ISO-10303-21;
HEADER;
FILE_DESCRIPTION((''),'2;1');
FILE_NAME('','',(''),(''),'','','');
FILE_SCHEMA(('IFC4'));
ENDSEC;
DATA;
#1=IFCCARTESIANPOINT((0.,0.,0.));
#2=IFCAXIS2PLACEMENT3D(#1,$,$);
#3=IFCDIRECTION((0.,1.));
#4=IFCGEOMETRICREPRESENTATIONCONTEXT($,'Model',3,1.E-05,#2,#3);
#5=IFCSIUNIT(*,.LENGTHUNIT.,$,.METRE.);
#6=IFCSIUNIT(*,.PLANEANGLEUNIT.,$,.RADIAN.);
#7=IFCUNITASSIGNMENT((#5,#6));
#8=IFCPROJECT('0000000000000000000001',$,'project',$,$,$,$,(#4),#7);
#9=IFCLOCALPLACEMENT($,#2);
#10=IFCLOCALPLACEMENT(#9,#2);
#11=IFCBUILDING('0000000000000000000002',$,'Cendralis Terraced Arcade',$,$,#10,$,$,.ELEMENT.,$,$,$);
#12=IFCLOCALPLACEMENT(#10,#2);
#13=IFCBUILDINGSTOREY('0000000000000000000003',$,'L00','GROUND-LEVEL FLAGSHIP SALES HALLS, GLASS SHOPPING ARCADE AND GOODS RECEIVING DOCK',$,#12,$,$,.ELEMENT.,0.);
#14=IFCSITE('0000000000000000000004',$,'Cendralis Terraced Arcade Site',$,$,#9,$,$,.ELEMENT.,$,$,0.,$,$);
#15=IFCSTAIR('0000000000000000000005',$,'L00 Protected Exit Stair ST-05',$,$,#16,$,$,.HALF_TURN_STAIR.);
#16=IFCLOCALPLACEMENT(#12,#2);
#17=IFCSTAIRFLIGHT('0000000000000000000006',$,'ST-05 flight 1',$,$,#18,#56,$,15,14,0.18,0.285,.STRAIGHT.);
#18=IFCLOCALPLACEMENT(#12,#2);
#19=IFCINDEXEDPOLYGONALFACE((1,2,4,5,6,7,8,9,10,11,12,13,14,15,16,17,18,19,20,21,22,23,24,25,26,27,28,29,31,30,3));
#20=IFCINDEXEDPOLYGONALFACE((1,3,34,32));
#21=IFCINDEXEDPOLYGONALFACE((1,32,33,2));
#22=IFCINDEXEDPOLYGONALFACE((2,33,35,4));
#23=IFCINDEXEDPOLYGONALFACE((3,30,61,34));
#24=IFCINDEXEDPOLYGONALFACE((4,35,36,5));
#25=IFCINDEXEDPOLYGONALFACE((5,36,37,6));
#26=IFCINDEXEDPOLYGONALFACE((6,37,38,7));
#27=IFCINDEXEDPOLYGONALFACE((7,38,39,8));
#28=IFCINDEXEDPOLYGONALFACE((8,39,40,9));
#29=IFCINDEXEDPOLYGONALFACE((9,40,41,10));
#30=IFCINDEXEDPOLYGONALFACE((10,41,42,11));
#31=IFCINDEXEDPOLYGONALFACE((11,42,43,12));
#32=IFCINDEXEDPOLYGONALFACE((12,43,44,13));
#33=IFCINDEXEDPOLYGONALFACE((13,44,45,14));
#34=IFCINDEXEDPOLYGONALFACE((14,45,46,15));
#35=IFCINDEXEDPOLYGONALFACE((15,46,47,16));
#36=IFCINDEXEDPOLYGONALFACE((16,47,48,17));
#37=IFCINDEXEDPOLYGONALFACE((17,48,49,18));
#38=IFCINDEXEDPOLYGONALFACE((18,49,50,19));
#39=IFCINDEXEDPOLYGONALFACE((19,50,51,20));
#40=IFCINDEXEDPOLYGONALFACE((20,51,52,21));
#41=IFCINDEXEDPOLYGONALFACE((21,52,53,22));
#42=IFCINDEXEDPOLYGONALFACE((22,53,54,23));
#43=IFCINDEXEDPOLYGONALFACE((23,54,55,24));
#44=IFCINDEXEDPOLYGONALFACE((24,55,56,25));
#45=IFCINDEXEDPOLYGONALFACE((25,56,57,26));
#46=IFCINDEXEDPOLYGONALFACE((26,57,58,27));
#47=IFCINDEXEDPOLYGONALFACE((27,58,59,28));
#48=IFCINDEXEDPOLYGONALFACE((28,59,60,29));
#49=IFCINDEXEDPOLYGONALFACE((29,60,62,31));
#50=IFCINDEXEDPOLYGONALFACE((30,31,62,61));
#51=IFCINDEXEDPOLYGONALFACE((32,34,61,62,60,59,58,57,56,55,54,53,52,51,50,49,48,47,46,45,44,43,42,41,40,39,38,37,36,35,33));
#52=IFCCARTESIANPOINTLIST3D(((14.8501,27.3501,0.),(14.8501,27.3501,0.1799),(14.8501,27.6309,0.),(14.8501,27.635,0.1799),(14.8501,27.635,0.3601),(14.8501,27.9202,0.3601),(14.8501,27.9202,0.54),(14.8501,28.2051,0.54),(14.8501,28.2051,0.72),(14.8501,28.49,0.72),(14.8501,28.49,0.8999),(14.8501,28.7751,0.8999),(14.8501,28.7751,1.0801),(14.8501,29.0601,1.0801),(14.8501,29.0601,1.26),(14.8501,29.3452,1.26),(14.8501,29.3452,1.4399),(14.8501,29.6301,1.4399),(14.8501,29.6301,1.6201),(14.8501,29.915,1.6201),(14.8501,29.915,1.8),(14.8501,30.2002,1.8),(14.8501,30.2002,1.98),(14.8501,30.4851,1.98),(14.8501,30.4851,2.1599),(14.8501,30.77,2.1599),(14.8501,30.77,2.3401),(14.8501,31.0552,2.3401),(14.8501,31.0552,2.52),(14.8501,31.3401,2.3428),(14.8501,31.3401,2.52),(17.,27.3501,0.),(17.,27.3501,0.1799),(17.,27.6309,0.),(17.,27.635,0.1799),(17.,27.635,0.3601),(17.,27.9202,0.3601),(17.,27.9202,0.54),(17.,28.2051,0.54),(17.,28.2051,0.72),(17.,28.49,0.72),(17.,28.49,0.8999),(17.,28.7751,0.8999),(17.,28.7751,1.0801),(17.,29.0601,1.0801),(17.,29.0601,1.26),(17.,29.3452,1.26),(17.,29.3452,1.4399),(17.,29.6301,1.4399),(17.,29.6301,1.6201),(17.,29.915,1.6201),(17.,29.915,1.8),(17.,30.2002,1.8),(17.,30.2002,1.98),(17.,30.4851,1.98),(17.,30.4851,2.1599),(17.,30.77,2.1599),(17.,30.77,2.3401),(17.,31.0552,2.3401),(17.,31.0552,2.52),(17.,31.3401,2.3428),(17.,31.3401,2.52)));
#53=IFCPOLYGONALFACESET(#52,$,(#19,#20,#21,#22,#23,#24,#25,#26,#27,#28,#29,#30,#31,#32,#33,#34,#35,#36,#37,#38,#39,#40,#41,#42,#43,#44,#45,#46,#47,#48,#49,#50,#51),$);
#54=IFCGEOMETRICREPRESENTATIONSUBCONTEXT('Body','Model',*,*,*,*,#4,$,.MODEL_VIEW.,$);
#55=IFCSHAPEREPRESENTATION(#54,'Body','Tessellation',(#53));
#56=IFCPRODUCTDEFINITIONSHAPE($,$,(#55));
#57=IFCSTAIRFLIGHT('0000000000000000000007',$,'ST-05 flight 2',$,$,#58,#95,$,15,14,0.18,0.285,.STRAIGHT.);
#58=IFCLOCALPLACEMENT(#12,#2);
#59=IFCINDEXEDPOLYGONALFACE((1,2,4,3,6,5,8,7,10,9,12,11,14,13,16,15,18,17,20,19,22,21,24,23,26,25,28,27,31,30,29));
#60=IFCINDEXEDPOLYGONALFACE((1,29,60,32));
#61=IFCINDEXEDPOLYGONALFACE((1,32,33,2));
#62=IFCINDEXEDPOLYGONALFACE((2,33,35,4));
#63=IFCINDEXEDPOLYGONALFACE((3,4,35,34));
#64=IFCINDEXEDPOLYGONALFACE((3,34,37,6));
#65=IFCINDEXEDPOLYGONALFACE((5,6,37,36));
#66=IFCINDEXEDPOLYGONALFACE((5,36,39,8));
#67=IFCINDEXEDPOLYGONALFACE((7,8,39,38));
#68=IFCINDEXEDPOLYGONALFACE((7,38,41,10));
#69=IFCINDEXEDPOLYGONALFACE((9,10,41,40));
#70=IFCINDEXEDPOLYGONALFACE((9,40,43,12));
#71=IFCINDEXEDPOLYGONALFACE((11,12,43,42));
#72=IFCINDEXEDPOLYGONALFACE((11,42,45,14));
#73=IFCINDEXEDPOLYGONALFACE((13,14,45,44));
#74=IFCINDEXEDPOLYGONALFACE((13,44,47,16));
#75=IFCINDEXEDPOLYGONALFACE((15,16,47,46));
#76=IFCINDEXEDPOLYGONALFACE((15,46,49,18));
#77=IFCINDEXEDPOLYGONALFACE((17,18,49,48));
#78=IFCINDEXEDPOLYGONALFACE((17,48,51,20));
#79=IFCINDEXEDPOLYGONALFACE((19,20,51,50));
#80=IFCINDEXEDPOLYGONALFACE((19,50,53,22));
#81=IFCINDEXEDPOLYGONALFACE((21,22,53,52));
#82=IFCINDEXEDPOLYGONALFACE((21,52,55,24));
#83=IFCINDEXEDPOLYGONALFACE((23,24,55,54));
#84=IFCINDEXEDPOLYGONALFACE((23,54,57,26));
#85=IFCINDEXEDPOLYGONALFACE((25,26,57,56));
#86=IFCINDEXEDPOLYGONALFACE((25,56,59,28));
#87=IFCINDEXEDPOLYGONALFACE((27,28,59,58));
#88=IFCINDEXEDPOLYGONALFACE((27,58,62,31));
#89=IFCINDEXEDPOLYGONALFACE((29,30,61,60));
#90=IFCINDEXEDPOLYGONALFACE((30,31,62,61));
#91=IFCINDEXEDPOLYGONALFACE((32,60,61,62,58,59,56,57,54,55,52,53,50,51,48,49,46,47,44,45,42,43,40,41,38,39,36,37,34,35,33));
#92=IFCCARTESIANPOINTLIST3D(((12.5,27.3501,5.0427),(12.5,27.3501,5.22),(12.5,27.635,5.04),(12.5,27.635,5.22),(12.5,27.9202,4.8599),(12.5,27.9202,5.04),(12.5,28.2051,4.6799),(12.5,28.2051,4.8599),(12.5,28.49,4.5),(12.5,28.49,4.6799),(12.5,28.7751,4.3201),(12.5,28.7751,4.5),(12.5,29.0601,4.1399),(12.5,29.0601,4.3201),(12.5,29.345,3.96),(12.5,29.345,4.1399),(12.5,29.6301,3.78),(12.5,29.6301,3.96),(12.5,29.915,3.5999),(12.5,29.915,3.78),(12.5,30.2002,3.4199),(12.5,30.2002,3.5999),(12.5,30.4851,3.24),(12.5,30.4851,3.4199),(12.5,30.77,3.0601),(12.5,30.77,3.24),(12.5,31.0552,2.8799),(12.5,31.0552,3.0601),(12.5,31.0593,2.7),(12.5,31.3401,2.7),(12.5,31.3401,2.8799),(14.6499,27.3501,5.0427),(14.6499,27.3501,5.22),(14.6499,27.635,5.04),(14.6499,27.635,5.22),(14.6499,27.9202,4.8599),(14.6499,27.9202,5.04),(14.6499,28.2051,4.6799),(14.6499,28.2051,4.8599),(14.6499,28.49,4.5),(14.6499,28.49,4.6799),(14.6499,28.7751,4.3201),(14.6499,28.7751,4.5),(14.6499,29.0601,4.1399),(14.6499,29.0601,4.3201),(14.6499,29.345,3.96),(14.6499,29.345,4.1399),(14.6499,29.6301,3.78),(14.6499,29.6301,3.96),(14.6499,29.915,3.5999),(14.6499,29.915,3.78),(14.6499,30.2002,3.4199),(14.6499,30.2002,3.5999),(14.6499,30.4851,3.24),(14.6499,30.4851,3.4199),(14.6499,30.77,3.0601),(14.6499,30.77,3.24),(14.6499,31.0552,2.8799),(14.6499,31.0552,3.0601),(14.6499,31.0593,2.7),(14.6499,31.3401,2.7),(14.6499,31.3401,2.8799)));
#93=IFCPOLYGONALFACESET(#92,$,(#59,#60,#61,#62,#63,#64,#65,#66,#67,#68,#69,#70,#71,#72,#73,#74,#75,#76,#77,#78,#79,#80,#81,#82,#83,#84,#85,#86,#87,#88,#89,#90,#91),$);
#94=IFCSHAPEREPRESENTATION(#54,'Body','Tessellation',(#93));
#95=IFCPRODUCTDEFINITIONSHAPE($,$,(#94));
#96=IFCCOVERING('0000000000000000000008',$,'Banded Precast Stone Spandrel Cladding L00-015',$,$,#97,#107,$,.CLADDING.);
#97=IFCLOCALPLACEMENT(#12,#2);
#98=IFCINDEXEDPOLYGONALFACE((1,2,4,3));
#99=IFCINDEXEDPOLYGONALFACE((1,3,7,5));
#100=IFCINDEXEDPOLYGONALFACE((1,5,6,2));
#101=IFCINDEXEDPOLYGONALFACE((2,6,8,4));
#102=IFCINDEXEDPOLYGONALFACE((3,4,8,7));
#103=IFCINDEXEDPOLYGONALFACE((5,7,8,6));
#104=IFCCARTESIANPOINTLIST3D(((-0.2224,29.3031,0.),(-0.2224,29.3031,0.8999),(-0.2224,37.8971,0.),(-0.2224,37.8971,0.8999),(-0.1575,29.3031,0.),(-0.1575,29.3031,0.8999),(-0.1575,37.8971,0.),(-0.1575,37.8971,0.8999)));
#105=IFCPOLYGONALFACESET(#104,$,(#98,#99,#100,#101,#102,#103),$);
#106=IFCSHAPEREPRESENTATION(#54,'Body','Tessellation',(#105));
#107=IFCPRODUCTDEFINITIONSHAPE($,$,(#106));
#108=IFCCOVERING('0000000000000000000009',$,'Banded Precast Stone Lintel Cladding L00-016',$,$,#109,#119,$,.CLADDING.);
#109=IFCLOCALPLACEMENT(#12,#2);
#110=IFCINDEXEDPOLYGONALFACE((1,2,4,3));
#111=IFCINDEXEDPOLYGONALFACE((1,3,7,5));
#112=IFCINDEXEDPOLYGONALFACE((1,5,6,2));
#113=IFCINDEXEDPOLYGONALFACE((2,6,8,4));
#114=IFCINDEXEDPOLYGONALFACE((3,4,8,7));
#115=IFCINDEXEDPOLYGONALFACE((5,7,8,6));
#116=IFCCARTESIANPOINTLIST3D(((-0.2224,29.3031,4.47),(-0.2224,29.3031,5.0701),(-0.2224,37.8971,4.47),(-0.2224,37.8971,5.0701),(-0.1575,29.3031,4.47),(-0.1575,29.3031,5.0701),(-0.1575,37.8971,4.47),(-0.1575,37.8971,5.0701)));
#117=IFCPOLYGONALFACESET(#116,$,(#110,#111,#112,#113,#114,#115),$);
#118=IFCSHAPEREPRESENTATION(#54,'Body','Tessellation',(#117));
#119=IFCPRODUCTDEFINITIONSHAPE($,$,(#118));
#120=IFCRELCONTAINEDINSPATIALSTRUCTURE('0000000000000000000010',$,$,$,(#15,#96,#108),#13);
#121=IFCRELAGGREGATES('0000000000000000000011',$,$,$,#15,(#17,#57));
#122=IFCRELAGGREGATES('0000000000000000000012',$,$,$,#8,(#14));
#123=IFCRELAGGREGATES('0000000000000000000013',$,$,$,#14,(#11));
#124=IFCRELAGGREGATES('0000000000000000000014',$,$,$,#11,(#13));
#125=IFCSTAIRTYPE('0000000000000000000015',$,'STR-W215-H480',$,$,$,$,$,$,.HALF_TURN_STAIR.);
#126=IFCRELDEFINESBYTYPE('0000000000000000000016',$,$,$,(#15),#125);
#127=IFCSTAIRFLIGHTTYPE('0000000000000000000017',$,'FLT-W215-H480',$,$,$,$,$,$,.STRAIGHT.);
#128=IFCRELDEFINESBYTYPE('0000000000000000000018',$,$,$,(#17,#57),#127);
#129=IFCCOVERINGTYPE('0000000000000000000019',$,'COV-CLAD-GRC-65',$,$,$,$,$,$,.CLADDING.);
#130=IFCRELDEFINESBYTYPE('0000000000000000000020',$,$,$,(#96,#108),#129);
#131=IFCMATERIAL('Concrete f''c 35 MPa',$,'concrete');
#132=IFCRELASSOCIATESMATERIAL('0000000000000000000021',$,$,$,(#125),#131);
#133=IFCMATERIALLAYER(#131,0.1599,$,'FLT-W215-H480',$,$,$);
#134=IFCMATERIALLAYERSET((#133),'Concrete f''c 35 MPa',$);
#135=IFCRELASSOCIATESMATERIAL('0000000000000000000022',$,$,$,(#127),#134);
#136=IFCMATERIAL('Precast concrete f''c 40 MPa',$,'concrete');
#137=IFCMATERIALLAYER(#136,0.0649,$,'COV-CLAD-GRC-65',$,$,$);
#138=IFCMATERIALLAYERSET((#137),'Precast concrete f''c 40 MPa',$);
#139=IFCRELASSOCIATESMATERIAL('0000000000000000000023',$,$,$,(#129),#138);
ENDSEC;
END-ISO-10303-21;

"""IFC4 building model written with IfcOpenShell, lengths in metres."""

from ifc_helpers import new_model, si_unit, direction, frame, origin, origin_2d, place, context, subcontext, project, spatial, polyline, rectangle, outline, extrude, material, layer, layer_set, type_object, element, aggregate, save


model = new_model("IFC4")

# Units and contexts
model_context = context("Model", 3, precision=1e-05, world=origin(), true_north=direction((0.0, 1.0)))
body_context = subcontext(model_context, "Body", "Model", "MODEL_VIEW")
ifc_project = project(units=[si_unit("LENGTHUNIT", "METRE"), si_unit("PLANEANGLEUNIT", "RADIAN")], contexts=[model_context])

# Site, building, storey
site_placement = place(None, origin())
site = spatial("IfcSite", under=ifc_project, at=site_placement, Name="Cendralis Terraced Arcade Site", CompositionType="ELEMENT", RefElevation=0.0)
building_placement = place(site_placement, origin())
building = spatial("IfcBuilding", under=site, at=building_placement, Name="Cendralis Terraced Arcade", CompositionType="ELEMENT")
storey_placement = place(building_placement, origin())
storey = spatial("IfcBuildingStorey", under=building, at=storey_placement, Name="L00", Description="GROUND-LEVEL FLAGSHIP SALES HALLS, GLASS SHOPPING ARCADE AND GOODS RECEIVING DOCK", CompositionType="ELEMENT", Elevation=0.0)

# Shared definitions
ifc_material_1 = material(Name="Concrete f'c 35 MPa", Category="concrete")

# Shared definitions
ifc_material_2 = material(Name="Precast concrete f'c 40 MPa", Category="concrete")

# Stair, stair flights
stair_type = type_object("IfcStairType", Name="STR-W215-H480", PredefinedType="HALF_TURN_STAIR", material=ifc_material_1)
ifc_layer_1 = layer(ifc_material_1, 0.1599, Name="FLT-W215-H480")
ifc_layer_set_1 = layer_set([ifc_layer_1], Name="Concrete f'c 35 MPa")
stair_flight_type = type_object("IfcStairFlightType", Name="FLT-W215-H480", PredefinedType="STRAIGHT", material=ifc_layer_set_1)
stair_1_placement = place(storey_placement, origin())
stair_1 = element("IfcStair", 1, at=stair_1_placement, inside=storey, type_object=stair_type, Name="L00 Protected Exit Stair ST-05", PredefinedType="HALF_TURN_STAIR")
stair_flight_1_placement = place(storey_placement, frame((15.925, 27.3501, 0.0), z_axis=(0.0, 0.0, 1.0), x_axis=(0.0, 1.0, 0.0)))
stair_flight_1 = element("IfcStairFlight", 2, at=stair_flight_1_placement, type_object=stair_flight_type, Name="ST-05 flight 1", NumberOfRisers=15, NumberOfTreads=14, PredefinedType="STRAIGHT", RiserHeight=0.18, TreadLength=0.285, context=body_context, shape_type="SweptSolid", body=[
    extrude(outline(polyline([(0.0, 0.0), (0.0, 0.1799), (0.2849, 0.1799), (0.2849, 0.3601), (0.5701, 0.3601), (0.5701, 0.54), (0.855, 0.54), (0.855, 0.72), (1.1399, 0.72), (1.1399, 0.8999), (1.425, 0.8999), (1.425, 1.0801), (1.71, 1.0801), (1.71, 1.26), (1.9951, 1.26), (1.9951, 1.4399), (2.28, 1.4399), (2.28, 1.6201), (2.5649, 1.6201), (2.5649, 1.8), (2.8501, 1.8), (2.8501, 1.98), (3.135, 1.98), (3.135, 2.1599), (3.4199, 2.1599), (3.4199, 2.3401), (3.7051, 2.3401), (3.7051, 2.52), (3.99, 2.52), (3.99, 2.7), (3.99, 2.3428), (0.2808, 0.0), (0.0, 0.0)])), frame((0.0, 1.075, 0.0), z_axis=(0.0, -1.0, 0.0), x_axis=(1.0, 0.0, 0.0)), (0.0, 0.0, 1.0), 2.1499),
])
stair_flight_2_placement = place(storey_placement, frame((13.575, 31.3401, 2.7), z_axis=(0.0, 0.0, 1.0), x_axis=(0.0, -1.0, 0.0)))
stair_flight_2 = element("IfcStairFlight", 3, at=stair_flight_2_placement, type_object=stair_flight_type, Name="ST-05 flight 2", NumberOfRisers=15, NumberOfTreads=14, PredefinedType="STRAIGHT", RiserHeight=0.18, TreadLength=0.285, context=body_context, shape_type="SweptSolid", body=[
    extrude(outline(polyline([(0.0, 0.0), (0.0, 0.1799), (0.2849, 0.1799), (0.2849, 0.3601), (0.5701, 0.3601), (0.5701, 0.54), (0.855, 0.54), (0.855, 0.72), (1.1399, 0.72), (1.1399, 0.8999), (1.425, 0.8999), (1.425, 1.0801), (1.71, 1.0801), (1.71, 1.26), (1.9951, 1.26), (1.9951, 1.4399), (2.28, 1.4399), (2.28, 1.6201), (2.5649, 1.6201), (2.5649, 1.8), (2.8501, 1.8), (2.8501, 1.98), (3.135, 1.98), (3.135, 2.1599), (3.4199, 2.1599), (3.4199, 2.3401), (3.7051, 2.3401), (3.7051, 2.52), (3.99, 2.52), (3.99, 2.7), (3.99, 2.3428), (0.2808, 0.0), (0.0, 0.0)])), frame((0.0, 1.075, 0.0), z_axis=(0.0, -1.0, 0.0), x_axis=(1.0, 0.0, 0.0)), (0.0, 0.0, 1.0), 2.1499),
])
aggregate(stair_1, [stair_flight_1, stair_flight_2])

# Coverings
ifc_layer_2 = layer(ifc_material_2, 0.0649, Name="COV-CLAD-GRC-65")
ifc_layer_set_2 = layer_set([ifc_layer_2], Name="Precast concrete f'c 40 MPa")
covering_type = type_object("IfcCoveringType", Name="COV-CLAD-GRC-65", PredefinedType="CLADDING", material=ifc_layer_set_2)
covering_1_placement = place(storey_placement, frame((-0.1899, 33.6001, 0.0), z_axis=(0.0, 0.0, 1.0), x_axis=(0.0, 1.0, 0.0)))
element("IfcCovering", 4, at=covering_1_placement, inside=storey, type_object=covering_type, Name="Banded Precast Stone Spandrel Cladding L00-015", PredefinedType="CLADDING", context=body_context, shape_type="SweptSolid", body=[
    extrude(rectangle(XDim=8.594, YDim=0.0649, at=origin_2d()), origin(), (0.0, 0.0, 1.0), 0.8999),
])
covering_2_placement = place(storey_placement, frame((-0.1899, 33.6001, 4.47), z_axis=(0.0, 0.0, 1.0), x_axis=(0.0, 1.0, 0.0)))
element("IfcCovering", 5, at=covering_2_placement, inside=storey, type_object=covering_type, Name="Banded Precast Stone Lintel Cladding L00-016", PredefinedType="CLADDING", context=body_context, shape_type="SweptSolid", body=[
    extrude(rectangle(XDim=8.594, YDim=0.0649, at=origin_2d()), origin(), (0.0, 0.0, 1.0), 0.6001),
])

save(model, "model.ifc")
